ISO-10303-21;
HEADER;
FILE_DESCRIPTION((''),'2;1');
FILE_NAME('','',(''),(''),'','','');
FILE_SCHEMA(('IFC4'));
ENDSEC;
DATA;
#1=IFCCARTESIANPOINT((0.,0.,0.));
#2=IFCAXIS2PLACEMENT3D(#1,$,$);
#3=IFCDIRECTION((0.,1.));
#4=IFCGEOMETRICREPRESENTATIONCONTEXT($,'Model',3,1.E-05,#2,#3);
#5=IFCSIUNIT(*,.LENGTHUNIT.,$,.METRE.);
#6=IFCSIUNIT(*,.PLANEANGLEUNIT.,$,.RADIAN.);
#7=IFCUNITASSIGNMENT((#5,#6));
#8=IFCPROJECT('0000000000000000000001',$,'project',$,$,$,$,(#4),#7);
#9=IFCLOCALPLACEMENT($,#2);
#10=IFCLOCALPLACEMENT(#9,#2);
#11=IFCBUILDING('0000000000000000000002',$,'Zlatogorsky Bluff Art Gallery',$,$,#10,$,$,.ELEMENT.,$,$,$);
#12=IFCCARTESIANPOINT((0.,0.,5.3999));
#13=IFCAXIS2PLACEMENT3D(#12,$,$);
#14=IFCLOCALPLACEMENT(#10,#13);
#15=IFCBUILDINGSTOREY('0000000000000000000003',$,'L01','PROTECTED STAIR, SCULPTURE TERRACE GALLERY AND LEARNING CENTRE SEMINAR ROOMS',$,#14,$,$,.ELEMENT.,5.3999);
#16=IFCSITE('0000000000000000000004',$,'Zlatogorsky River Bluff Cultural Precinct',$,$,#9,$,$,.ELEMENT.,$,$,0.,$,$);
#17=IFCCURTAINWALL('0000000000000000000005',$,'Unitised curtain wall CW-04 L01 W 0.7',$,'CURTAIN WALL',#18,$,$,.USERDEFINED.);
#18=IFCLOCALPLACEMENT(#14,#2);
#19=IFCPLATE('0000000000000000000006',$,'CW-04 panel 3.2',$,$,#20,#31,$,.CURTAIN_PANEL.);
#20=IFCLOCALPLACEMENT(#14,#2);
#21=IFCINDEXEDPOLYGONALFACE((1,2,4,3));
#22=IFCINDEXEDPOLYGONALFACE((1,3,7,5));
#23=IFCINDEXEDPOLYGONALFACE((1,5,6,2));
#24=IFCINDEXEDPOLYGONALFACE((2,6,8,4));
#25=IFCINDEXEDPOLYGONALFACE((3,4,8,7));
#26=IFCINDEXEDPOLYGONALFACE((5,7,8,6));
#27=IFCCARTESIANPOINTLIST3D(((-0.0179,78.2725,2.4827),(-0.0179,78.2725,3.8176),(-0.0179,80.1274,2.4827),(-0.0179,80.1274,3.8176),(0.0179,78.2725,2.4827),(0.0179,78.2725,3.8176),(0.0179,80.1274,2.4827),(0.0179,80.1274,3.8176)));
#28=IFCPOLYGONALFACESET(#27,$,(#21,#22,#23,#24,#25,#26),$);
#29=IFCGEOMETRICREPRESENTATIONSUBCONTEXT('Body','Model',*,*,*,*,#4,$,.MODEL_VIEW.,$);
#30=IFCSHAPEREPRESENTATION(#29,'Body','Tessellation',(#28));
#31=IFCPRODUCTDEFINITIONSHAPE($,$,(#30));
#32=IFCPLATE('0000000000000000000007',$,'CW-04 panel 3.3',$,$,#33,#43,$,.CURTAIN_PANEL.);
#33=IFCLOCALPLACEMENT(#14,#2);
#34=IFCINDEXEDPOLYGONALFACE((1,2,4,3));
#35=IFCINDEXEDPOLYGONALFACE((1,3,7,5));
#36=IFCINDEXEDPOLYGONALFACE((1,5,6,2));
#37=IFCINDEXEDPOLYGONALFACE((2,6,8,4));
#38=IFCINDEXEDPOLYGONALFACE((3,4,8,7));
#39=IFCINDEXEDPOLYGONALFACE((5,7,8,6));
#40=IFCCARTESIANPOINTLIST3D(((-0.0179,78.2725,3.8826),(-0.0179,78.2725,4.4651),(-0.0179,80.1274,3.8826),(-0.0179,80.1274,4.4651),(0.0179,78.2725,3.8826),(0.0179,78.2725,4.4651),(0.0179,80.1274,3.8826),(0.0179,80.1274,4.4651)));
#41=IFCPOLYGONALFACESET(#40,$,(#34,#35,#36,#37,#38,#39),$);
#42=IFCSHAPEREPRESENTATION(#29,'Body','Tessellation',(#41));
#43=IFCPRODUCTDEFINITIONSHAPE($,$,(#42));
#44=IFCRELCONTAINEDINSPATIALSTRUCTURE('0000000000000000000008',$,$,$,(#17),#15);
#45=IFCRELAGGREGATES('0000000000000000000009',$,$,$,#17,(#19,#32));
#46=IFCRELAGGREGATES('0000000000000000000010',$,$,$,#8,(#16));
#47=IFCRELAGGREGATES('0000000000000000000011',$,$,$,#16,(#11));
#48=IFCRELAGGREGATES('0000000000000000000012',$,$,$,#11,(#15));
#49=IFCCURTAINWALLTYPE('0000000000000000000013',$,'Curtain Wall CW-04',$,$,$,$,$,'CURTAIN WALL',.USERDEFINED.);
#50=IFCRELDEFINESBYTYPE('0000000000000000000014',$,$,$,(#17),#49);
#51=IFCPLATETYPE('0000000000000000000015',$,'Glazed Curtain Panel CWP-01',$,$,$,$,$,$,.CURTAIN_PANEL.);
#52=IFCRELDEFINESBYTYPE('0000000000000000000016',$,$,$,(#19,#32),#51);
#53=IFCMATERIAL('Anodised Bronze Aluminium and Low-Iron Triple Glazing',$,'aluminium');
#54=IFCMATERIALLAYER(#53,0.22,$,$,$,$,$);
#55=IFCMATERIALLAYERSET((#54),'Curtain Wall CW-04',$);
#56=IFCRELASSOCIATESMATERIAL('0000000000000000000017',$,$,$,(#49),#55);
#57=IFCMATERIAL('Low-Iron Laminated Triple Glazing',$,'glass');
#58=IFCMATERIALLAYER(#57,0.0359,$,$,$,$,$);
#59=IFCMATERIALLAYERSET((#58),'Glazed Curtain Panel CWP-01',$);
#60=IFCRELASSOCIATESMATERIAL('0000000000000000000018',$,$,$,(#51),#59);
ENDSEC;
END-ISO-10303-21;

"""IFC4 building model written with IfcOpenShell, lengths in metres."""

from ifc_helpers import new_model, si_unit, direction, frame, origin, origin_2d, place, context, subcontext, project, spatial, rectangle, extrude, material, layer, layer_set, type_object, element, aggregate, save


model = new_model("IFC4")

# Units and contexts
model_context = context("Model", 3, precision=1e-05, world=origin(), true_north=direction((0.0, 1.0)))
body_context = subcontext(model_context, "Body", "Model", "MODEL_VIEW")
ifc_project = project(units=[si_unit("LENGTHUNIT", "METRE"), si_unit("PLANEANGLEUNIT", "RADIAN")], contexts=[model_context])

# Site, building, storey
site_placement = place(None, origin())
site = spatial("IfcSite", under=ifc_project, at=site_placement, Name="Zlatogorsky River Bluff Cultural Precinct", CompositionType="ELEMENT", RefElevation=0.0)
building_placement = place(site_placement, origin())
building = spatial("IfcBuilding", under=site, at=building_placement, Name="Zlatogorsky Bluff Art Gallery", CompositionType="ELEMENT")
storey_placement = place(building_placement, frame((0.0, 0.0, 5.3999)))
storey = spatial("IfcBuildingStorey", under=building, at=storey_placement, Name="L01", Description="PROTECTED STAIR, SCULPTURE TERRACE GALLERY AND LEARNING CENTRE SEMINAR ROOMS", CompositionType="ELEMENT", Elevation=5.3999)

# Curtain wall, plates
ifc_material_1 = material(Name="Anodised Bronze Aluminium and Low-Iron Triple Glazing", Category="aluminium")
ifc_layer_1 = layer(ifc_material_1, 0.22)
ifc_layer_set_1 = layer_set([ifc_layer_1], Name="Curtain Wall CW-04")
curtain_wall_type = type_object("IfcCurtainWallType", Name="Curtain Wall CW-04", ElementType="CURTAIN WALL", PredefinedType="USERDEFINED", material=ifc_layer_set_1)
curtain_wall_placement = place(storey_placement, origin())
curtain_wall = element("IfcCurtainWall", 1, at=curtain_wall_placement, inside=storey, type_object=curtain_wall_type, Name="Unitised curtain wall CW-04 L01 W 0.7", ObjectType="CURTAIN WALL", PredefinedType="USERDEFINED")
ifc_material_2 = material(Name="Low-Iron Laminated Triple Glazing", Category="glass")
ifc_layer_2 = layer(ifc_material_2, 0.0359)
ifc_layer_set_2 = layer_set([ifc_layer_2], Name="Glazed Curtain Panel CWP-01")
plate_type = type_object("IfcPlateType", Name="Glazed Curtain Panel CWP-01", PredefinedType="CURTAIN_PANEL", material=ifc_layer_set_2)
plate_1_placement = place(storey_placement, frame((0.0, 79.2, 2.4827), z_axis=(0.0, 0.0, 1.0), x_axis=(0.0, -1.0, 0.0)))
plate_1 = element("IfcPlate", 2, at=plate_1_placement, type_object=plate_type, Name="CW-04 panel 3.2", PredefinedType="CURTAIN_PANEL", context=body_context, shape_type="SweptSolid", body=[
    extrude(rectangle(XDim=1.855, YDim=0.0359, at=origin_2d()), origin(), (0.0, 0.0, 1.0), 1.335),
])
plate_2_placement = place(storey_placement, frame((0.0, 79.2, 3.8826), z_axis=(0.0, 0.0, 1.0), x_axis=(0.0, -1.0, 0.0)))
plate_2 = element("IfcPlate", 3, at=plate_2_placement, type_object=plate_type, Name="CW-04 panel 3.3", PredefinedType="CURTAIN_PANEL", context=body_context, shape_type="SweptSolid", body=[
    extrude(rectangle(XDim=1.855, YDim=0.0359, at=origin_2d()), origin(), (0.0, 0.0, 1.0), 0.5825),
])
aggregate(curtain_wall, [plate_1, plate_2])

save(model, "model.ifc")
